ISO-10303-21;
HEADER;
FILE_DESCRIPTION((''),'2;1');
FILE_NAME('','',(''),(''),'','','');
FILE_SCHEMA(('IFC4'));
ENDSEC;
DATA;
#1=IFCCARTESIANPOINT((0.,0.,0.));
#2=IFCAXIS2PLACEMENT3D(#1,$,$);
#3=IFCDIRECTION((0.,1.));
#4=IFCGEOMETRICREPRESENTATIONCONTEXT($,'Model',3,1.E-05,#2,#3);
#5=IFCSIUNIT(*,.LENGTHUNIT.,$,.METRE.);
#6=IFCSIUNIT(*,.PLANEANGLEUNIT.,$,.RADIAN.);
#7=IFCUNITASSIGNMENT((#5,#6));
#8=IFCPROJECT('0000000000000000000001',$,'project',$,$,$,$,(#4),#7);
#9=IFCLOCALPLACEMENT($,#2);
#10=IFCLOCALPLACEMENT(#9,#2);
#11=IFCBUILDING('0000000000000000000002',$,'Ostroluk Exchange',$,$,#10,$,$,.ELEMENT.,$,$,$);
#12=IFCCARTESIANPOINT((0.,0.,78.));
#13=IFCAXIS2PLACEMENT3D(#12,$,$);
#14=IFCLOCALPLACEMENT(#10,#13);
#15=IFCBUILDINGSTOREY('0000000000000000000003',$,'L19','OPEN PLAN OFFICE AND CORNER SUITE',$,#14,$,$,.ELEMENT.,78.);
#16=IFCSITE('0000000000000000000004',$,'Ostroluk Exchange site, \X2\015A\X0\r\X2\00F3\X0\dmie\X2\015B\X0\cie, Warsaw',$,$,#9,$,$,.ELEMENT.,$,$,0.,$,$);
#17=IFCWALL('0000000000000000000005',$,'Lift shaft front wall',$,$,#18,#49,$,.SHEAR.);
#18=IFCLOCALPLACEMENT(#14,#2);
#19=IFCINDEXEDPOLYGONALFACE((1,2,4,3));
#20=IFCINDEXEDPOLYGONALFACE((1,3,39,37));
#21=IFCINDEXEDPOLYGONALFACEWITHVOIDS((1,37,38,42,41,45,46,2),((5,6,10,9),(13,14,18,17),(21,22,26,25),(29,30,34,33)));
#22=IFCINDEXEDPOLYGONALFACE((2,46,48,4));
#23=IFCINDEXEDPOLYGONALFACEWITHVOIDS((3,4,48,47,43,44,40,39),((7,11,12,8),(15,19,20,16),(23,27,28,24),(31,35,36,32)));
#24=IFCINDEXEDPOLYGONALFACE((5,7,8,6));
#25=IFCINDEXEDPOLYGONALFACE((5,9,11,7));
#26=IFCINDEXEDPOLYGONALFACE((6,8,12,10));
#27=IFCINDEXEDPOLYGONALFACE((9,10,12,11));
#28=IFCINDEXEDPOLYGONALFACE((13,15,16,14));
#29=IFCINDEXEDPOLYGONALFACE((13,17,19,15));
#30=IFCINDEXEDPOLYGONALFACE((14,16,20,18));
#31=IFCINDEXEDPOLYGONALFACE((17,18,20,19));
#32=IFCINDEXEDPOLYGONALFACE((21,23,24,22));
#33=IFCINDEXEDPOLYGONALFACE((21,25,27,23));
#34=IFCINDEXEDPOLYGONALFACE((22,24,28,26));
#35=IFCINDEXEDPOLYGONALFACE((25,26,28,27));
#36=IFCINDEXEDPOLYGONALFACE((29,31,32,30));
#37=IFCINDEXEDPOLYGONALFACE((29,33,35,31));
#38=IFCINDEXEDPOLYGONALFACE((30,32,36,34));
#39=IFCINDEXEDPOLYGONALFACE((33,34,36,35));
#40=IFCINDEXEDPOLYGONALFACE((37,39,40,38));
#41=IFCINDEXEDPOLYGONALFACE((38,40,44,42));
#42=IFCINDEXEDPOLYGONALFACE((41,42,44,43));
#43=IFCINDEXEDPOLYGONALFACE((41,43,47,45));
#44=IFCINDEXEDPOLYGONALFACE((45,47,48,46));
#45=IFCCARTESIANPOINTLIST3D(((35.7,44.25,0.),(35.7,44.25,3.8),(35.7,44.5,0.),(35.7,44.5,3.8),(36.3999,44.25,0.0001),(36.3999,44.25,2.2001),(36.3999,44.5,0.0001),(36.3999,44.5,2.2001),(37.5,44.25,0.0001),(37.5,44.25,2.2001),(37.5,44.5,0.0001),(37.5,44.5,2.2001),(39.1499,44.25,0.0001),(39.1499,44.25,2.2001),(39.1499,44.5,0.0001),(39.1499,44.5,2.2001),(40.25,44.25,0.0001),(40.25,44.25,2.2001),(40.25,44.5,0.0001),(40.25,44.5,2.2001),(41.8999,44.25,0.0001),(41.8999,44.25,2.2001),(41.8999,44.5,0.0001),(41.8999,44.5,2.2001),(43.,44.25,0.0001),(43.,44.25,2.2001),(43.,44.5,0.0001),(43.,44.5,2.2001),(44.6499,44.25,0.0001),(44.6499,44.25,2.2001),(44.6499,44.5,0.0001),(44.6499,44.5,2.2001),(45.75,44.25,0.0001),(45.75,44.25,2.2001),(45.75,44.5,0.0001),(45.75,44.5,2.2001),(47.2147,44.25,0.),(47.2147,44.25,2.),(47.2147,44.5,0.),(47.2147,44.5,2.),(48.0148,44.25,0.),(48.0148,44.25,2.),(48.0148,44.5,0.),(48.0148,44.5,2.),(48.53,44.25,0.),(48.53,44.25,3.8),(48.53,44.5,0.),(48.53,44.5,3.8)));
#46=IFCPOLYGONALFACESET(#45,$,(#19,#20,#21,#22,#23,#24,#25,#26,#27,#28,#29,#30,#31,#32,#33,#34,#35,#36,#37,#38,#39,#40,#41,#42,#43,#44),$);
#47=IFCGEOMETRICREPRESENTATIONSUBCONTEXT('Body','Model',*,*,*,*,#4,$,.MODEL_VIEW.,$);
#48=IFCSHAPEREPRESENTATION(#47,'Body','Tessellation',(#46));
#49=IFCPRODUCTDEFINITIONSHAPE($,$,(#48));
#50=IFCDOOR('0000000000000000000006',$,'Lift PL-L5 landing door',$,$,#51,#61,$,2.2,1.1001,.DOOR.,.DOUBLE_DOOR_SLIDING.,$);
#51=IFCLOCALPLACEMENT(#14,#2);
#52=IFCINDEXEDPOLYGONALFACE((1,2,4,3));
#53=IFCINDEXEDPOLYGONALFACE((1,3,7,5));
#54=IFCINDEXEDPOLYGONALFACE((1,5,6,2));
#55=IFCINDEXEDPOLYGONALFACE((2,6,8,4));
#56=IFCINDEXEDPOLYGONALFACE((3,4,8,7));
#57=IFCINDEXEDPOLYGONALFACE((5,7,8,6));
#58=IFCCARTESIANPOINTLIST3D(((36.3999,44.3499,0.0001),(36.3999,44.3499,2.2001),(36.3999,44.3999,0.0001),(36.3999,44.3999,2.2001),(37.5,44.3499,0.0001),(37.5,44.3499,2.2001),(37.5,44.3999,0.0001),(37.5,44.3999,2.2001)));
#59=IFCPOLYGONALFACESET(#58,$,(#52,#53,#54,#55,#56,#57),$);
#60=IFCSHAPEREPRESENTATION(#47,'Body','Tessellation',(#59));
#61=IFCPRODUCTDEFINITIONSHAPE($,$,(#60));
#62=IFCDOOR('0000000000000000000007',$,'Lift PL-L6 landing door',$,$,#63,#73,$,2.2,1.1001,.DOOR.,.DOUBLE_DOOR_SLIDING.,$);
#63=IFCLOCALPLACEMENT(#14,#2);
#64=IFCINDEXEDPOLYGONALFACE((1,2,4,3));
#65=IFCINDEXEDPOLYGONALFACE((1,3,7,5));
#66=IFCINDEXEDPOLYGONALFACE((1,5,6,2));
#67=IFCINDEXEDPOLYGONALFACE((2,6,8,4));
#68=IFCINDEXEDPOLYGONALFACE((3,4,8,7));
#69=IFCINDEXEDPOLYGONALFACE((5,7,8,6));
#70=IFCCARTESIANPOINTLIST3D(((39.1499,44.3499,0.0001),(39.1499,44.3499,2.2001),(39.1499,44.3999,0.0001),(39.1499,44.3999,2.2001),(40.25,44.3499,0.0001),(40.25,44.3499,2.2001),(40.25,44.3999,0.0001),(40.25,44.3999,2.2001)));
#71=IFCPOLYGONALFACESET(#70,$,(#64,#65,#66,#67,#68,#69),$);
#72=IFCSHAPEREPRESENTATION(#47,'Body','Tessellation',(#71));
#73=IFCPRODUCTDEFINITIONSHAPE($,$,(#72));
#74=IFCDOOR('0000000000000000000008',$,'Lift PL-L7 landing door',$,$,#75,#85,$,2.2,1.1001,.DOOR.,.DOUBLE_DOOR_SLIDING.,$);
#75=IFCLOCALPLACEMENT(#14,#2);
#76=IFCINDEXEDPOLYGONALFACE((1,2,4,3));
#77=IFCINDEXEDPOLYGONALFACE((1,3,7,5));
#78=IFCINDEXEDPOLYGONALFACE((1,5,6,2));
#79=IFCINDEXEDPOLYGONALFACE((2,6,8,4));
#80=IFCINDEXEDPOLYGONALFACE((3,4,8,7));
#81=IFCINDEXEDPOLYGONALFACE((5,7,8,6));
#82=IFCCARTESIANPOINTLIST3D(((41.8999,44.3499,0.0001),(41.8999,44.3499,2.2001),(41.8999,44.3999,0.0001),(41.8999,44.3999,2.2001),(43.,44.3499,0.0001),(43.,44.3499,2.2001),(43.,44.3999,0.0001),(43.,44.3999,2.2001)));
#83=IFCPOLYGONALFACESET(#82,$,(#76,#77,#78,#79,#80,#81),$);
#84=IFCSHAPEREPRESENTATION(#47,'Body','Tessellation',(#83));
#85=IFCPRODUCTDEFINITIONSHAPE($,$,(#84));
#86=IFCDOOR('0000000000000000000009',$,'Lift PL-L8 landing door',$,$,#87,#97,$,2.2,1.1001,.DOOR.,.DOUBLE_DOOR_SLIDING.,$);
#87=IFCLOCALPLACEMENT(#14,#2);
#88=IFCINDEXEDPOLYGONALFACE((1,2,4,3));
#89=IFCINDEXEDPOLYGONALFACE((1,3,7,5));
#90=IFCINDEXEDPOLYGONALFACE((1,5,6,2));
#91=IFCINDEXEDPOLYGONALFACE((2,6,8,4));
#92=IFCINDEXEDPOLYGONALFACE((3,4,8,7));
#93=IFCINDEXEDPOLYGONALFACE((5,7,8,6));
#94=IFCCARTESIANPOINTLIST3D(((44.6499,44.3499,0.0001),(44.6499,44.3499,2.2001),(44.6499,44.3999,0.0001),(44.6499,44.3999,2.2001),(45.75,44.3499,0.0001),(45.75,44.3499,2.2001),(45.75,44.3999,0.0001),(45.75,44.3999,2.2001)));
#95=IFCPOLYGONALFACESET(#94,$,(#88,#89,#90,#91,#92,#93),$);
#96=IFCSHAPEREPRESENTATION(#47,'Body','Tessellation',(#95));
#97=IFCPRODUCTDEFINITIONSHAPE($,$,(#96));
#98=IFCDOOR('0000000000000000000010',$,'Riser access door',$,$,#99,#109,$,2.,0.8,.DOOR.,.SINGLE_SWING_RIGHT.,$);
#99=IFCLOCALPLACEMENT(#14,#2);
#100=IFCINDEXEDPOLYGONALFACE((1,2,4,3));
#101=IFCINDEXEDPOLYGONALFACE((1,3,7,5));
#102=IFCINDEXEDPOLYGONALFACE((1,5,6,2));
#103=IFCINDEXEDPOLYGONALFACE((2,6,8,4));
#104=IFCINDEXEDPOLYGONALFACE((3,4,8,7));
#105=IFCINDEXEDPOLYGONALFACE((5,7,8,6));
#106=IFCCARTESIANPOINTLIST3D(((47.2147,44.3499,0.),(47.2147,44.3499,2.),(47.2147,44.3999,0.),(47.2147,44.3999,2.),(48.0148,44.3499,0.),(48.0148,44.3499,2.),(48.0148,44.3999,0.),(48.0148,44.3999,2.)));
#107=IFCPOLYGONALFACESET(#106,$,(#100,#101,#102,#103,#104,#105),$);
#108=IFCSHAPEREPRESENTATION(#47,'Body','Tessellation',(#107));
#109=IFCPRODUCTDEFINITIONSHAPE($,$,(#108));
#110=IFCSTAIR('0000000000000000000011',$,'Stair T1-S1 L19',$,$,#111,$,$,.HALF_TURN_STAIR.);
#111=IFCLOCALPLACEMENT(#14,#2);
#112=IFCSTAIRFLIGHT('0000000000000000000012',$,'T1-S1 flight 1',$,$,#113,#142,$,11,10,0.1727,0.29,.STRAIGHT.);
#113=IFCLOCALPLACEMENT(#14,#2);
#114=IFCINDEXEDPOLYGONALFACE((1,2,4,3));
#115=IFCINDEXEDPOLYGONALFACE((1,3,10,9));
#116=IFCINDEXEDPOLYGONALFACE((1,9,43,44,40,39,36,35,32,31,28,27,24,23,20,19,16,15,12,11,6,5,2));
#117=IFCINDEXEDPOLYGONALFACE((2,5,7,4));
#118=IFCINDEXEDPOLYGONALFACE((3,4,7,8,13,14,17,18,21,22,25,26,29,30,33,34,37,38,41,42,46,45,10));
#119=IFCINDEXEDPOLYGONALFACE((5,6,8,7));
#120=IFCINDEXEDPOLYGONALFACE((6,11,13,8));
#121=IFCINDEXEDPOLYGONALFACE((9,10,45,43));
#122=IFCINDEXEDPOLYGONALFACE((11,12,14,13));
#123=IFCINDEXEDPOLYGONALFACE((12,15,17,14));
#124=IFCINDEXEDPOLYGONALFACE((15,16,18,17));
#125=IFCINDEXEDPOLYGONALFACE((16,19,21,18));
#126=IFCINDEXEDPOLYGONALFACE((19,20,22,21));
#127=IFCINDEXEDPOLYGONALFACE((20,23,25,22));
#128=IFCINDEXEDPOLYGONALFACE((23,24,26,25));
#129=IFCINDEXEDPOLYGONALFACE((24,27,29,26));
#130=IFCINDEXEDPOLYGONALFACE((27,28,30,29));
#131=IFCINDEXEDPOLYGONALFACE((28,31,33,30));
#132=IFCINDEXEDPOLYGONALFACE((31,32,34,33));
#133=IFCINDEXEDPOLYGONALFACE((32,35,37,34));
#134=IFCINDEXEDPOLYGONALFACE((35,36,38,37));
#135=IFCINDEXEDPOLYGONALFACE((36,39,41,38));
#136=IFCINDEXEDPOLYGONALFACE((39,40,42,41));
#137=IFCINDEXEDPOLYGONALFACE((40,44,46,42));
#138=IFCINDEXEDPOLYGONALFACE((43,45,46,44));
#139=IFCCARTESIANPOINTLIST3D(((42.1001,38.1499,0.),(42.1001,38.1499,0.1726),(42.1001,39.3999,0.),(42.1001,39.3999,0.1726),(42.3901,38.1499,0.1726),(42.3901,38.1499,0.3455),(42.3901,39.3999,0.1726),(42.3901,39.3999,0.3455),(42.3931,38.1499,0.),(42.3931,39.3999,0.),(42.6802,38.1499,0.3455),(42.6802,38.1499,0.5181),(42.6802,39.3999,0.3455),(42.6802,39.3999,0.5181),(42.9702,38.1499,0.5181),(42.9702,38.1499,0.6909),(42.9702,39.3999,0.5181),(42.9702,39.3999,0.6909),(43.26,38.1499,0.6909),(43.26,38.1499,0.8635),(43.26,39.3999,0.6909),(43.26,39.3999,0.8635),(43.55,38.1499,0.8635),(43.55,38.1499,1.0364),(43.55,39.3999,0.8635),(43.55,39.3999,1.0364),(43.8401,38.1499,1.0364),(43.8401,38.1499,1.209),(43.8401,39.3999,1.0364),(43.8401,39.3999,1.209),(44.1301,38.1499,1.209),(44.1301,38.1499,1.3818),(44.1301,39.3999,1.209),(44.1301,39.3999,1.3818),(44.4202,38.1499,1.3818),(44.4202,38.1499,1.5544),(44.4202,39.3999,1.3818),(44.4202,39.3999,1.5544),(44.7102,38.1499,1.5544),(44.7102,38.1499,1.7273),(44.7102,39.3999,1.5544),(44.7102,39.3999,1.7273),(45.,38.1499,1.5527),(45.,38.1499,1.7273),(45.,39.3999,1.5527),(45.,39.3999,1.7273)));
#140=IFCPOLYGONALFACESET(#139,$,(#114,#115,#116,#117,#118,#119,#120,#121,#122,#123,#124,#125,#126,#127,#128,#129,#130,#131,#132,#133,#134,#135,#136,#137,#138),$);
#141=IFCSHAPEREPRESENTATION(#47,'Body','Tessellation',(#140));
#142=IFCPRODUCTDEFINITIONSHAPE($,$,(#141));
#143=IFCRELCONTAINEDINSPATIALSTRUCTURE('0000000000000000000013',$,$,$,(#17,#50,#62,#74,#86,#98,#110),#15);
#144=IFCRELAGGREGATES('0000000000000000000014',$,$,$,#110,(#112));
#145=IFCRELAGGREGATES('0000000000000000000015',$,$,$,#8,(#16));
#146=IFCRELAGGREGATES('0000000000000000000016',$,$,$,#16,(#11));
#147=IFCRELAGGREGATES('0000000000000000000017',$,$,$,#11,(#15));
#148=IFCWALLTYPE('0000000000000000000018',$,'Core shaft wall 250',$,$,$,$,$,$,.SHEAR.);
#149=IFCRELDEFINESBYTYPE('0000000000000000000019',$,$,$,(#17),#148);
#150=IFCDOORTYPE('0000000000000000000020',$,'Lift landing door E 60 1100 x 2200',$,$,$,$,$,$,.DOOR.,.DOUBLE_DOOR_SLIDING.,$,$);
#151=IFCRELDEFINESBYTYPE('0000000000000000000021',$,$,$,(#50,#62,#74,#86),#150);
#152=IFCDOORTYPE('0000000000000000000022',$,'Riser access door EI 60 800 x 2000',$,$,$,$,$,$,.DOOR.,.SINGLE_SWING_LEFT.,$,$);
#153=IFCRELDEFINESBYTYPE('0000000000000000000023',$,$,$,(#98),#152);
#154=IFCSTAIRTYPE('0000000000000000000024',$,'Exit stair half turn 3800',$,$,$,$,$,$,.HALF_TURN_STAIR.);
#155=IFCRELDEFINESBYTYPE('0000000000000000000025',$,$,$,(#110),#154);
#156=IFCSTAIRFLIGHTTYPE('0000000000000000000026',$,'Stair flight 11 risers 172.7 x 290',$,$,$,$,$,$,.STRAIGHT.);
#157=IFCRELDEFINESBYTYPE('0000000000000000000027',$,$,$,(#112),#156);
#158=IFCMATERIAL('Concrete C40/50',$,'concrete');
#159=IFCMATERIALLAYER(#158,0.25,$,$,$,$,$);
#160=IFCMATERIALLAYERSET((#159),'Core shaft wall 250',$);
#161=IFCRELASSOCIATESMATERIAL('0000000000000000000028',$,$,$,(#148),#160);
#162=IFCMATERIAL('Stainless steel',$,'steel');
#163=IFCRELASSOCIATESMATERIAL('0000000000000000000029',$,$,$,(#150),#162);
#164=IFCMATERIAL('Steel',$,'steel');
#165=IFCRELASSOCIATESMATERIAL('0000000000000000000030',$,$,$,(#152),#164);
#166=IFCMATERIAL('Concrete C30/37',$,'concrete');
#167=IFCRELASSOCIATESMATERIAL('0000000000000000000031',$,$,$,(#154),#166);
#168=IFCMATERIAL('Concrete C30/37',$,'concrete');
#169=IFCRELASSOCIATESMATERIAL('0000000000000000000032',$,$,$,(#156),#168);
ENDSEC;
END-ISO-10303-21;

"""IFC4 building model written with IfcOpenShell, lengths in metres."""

from ifc_helpers import new_model, si_unit, direction, frame, frame_2d, origin, place, context, subcontext, project, spatial, polyline, rectangle, outline, extrude, material, layer, layer_set, type_object, element, fill, aggregate, save


model = new_model("IFC4")

# Units and contexts
model_context = context("Model", 3, precision=1e-05, world=origin(), true_north=direction((0.0, 1.0)))
body_context = subcontext(model_context, "Body", "Model", "MODEL_VIEW")
ifc_project = project(units=[si_unit("LENGTHUNIT", "METRE"), si_unit("PLANEANGLEUNIT", "RADIAN")], contexts=[model_context])

# Site, building, storey
site_placement = place(None, origin())
site = spatial("IfcSite", under=ifc_project, at=site_placement, Name="Ostroluk Exchange site, Śródmieście, Warsaw", CompositionType="ELEMENT", RefElevation=0.0)
building_placement = place(site_placement, origin())
building = spatial("IfcBuilding", under=site, at=building_placement, Name="Ostroluk Exchange", CompositionType="ELEMENT")
storey_placement = place(building_placement, frame((0.0, 0.0, 78.0)))
storey = spatial("IfcBuildingStorey", under=building, at=storey_placement, Name="L19", Description="OPEN PLAN OFFICE AND CORNER SUITE", CompositionType="ELEMENT", Elevation=78.0)

# Shared definitions
ifc_material_1 = material(Name="Concrete C40/50", Category="concrete")
ifc_layer_1 = layer(ifc_material_1, 0.25)
ifc_layer_set_1 = layer_set([ifc_layer_1], Name="Core shaft wall 250")
wall_type_1 = type_object("IfcWallType", Name="Core shaft wall 250", PredefinedType="SHEAR", material=ifc_layer_set_1)

# Wall, openings, doors
wall_1_placement = place(storey_placement, frame((35.7, 44.375, 0.0), z_axis=(0.0, 0.0, 1.0), x_axis=(1.0, 0.0, 0.0)))
wall_1 = element("IfcWall", 1, at=wall_1_placement, inside=storey, type_object=wall_type_1, Name="Lift shaft front wall", PredefinedType="SHEAR", context=body_context, shape_type="SweptSolid", body=[
    extrude(rectangle(XDim=12.8301, YDim=0.25, at=frame_2d((6.415, 0.0))), origin(), (0.0, 0.0, 1.0), 3.8),
])
opening_1_placement = place(wall_1_placement, frame((0.7, 0.0, 0.0)))
opening_1 = element("IfcOpeningElement", 2, at=opening_1_placement, cuts=wall_1, PredefinedType="OPENING", context=body_context, shape_type="SweptSolid", body=[
    extrude(rectangle(XDim=1.1001, YDim=2.2, at=frame_2d((0.55, 1.1001))), frame((0.0, 0.135, 0.0), z_axis=(0.0, -1.0, 0.0), x_axis=(1.0, 0.0, 0.0)), (0.0, 0.0, 1.0), 0.27),
])
opening_2_placement = place(wall_1_placement, frame((3.45, 0.0, 0.0)))
opening_2 = element("IfcOpeningElement", 3, at=opening_2_placement, cuts=wall_1, PredefinedType="OPENING", context=body_context, shape_type="SweptSolid", body=[
    extrude(rectangle(XDim=1.1001, YDim=2.2, at=frame_2d((0.55, 1.1001))), frame((0.0, 0.135, 0.0), z_axis=(0.0, -1.0, 0.0), x_axis=(1.0, 0.0, 0.0)), (0.0, 0.0, 1.0), 0.27),
])
opening_3_placement = place(wall_1_placement, frame((6.2, 0.0, 0.0)))
opening_3 = element("IfcOpeningElement", 4, at=opening_3_placement, cuts=wall_1, PredefinedType="OPENING", context=body_context, shape_type="SweptSolid", body=[
    extrude(rectangle(XDim=1.1001, YDim=2.2, at=frame_2d((0.55, 1.1001))), frame((0.0, 0.135, 0.0), z_axis=(0.0, -1.0, 0.0), x_axis=(1.0, 0.0, 0.0)), (0.0, 0.0, 1.0), 0.27),
])
opening_4_placement = place(wall_1_placement, frame((8.95, 0.0, 0.0)))
opening_4 = element("IfcOpeningElement", 5, at=opening_4_placement, cuts=wall_1, PredefinedType="OPENING", context=body_context, shape_type="SweptSolid", body=[
    extrude(rectangle(XDim=1.1001, YDim=2.2, at=frame_2d((0.55, 1.1001))), frame((0.0, 0.135, 0.0), z_axis=(0.0, -1.0, 0.0), x_axis=(1.0, 0.0, 0.0)), (0.0, 0.0, 1.0), 0.27),
])
opening_5_placement = place(wall_1_placement, frame((11.5149, 0.0, 0.0)))
opening_5 = element("IfcOpeningElement", 6, at=opening_5_placement, cuts=wall_1, PredefinedType="OPENING", context=body_context, shape_type="SweptSolid", body=[
    extrude(rectangle(XDim=0.8, YDim=2.0, at=frame_2d((0.3999, 1.0))), frame((0.0, 0.135, 0.0), z_axis=(0.0, -1.0, 0.0), x_axis=(1.0, 0.0, 0.0)), (0.0, 0.0, 1.0), 0.27),
])
ifc_material_2 = material(Name="Stainless steel", Category="steel")
door_type_1 = type_object("IfcDoorType", Name="Lift landing door E 60 1100 x 2200", OperationType="DOUBLE_DOOR_SLIDING", PredefinedType="DOOR", material=ifc_material_2)
door_1_placement = place(opening_1_placement, origin())
door_1 = element("IfcDoor", 7, at=door_1_placement, inside=storey, type_object=door_type_1, Name="Lift PL-L5 landing door", OperationType="DOUBLE_DOOR_SLIDING", OverallHeight=2.2, OverallWidth=1.1001, PredefinedType="DOOR", context=body_context, shape_type="SweptSolid", body=[
    extrude(rectangle(XDim=1.1001, YDim=2.2, at=frame_2d((0.55, 1.1001))), frame((0.0, 0.0249, 0.0), z_axis=(0.0, -1.0, 0.0), x_axis=(1.0, 0.0, 0.0)), (0.0, 0.0, 1.0), 0.05),
])
fill(opening_1, door_1)
door_2_placement = place(opening_2_placement, origin())
door_2 = element("IfcDoor", 8, at=door_2_placement, inside=storey, type_object=door_type_1, Name="Lift PL-L6 landing door", OperationType="DOUBLE_DOOR_SLIDING", OverallHeight=2.2, OverallWidth=1.1001, PredefinedType="DOOR", context=body_context, shape_type="SweptSolid", body=[
    extrude(rectangle(XDim=1.1001, YDim=2.2, at=frame_2d((0.55, 1.1001))), frame((0.0, 0.0249, 0.0), z_axis=(0.0, -1.0, 0.0), x_axis=(1.0, 0.0, 0.0)), (0.0, 0.0, 1.0), 0.05),
])
fill(opening_2, door_2)
door_3_placement = place(opening_3_placement, origin())
door_3 = element("IfcDoor", 9, at=door_3_placement, inside=storey, type_object=door_type_1, Name="Lift PL-L7 landing door", OperationType="DOUBLE_DOOR_SLIDING", OverallHeight=2.2, OverallWidth=1.1001, PredefinedType="DOOR", context=body_context, shape_type="SweptSolid", body=[
    extrude(rectangle(XDim=1.1001, YDim=2.2, at=frame_2d((0.55, 1.1001))), frame((0.0, 0.0249, 0.0), z_axis=(0.0, -1.0, 0.0), x_axis=(1.0, 0.0, 0.0)), (0.0, 0.0, 1.0), 0.05),
])
fill(opening_3, door_3)
door_4_placement = place(opening_4_placement, origin())
door_4 = element("IfcDoor", 10, at=door_4_placement, inside=storey, type_object=door_type_1, Name="Lift PL-L8 landing door", OperationType="DOUBLE_DOOR_SLIDING", OverallHeight=2.2, OverallWidth=1.1001, PredefinedType="DOOR", context=body_context, shape_type="SweptSolid", body=[
    extrude(rectangle(XDim=1.1001, YDim=2.2, at=frame_2d((0.55, 1.1001))), frame((0.0, 0.0249, 0.0), z_axis=(0.0, -1.0, 0.0), x_axis=(1.0, 0.0, 0.0)), (0.0, 0.0, 1.0), 0.05),
])
fill(opening_4, door_4)
ifc_material_3 = material(Name="Steel", Category="steel")
door_type_2 = type_object("IfcDoorType", Name="Riser access door EI 60 800 x 2000", OperationType="SINGLE_SWING_LEFT", PredefinedType="DOOR", material=ifc_material_3)
door_5_placement = place(opening_5_placement, origin())
door_5 = element("IfcDoor", 11, at=door_5_placement, inside=storey, type_object=door_type_2, Name="Riser access door", OperationType="SINGLE_SWING_RIGHT", OverallHeight=2.0, OverallWidth=0.8, PredefinedType="DOOR", context=body_context, shape_type="SweptSolid", body=[
    extrude(rectangle(XDim=0.8, YDim=2.0, at=frame_2d((0.3999, 1.0))), frame((0.0, 0.0249, 0.0), z_axis=(0.0, -1.0, 0.0), x_axis=(1.0, 0.0, 0.0)), (0.0, 0.0, 1.0), 0.05),
])
fill(opening_5, door_5)

# Stair, stair flight
ifc_material_4 = material(Name="Concrete C30/37", Category="concrete")
stair_type = type_object("IfcStairType", Name="Exit stair half turn 3800", PredefinedType="HALF_TURN_STAIR", material=ifc_material_4)
stair_placement = place(storey_placement, origin())
stair = element("IfcStair", 12, at=stair_placement, inside=storey, type_object=stair_type, Name="Stair T1-S1 L19", PredefinedType="HALF_TURN_STAIR")
ifc_material_5 = material(Name="Concrete C30/37", Category="concrete")
stair_flight_type = type_object("IfcStairFlightType", Name="Stair flight 11 risers 172.7 x 290", PredefinedType="STRAIGHT", material=ifc_material_5)
stair_flight_1_placement = place(storey_placement, frame((42.1001, 38.7749, 0.0), z_axis=(0.0, 0.0, 1.0), x_axis=(1.0, 0.0, 0.0)))
stair_flight_1 = element("IfcStairFlight", 13, at=stair_flight_1_placement, type_object=stair_flight_type, Name="T1-S1 flight 1", NumberOfRisers=11, NumberOfTreads=10, PredefinedType="STRAIGHT", RiserHeight=0.1727, TreadLength=0.29, context=body_context, shape_type="SweptSolid", body=[
    extrude(outline(polyline([(0.0, 0.0), (0.0, 0.1726), (0.29, 0.1726), (0.29, 0.3455), (0.5801, 0.3455), (0.5801, 0.5181), (0.8701, 0.5181), (0.8701, 0.6909), (1.1599, 0.6909), (1.1599, 0.8635), (1.45, 0.8635), (1.45, 1.0364), (1.74, 1.0364), (1.74, 1.209), (2.03, 1.209), (2.03, 1.3818), (2.3201, 1.3818), (2.3201, 1.5544), (2.6101, 1.5544), (2.6101, 1.7273), (2.8999, 1.7273), (2.8999, 1.8999), (2.8999, 1.5527), (0.293, 0.0), (0.0, 0.0)])), frame((0.0, 0.625, 0.0), z_axis=(0.0, -1.0, 0.0), x_axis=(1.0, 0.0, 0.0)), (0.0, 0.0, 1.0), 1.25),
])
aggregate(stair, [stair_flight_1])

save(model, "model.ifc")
